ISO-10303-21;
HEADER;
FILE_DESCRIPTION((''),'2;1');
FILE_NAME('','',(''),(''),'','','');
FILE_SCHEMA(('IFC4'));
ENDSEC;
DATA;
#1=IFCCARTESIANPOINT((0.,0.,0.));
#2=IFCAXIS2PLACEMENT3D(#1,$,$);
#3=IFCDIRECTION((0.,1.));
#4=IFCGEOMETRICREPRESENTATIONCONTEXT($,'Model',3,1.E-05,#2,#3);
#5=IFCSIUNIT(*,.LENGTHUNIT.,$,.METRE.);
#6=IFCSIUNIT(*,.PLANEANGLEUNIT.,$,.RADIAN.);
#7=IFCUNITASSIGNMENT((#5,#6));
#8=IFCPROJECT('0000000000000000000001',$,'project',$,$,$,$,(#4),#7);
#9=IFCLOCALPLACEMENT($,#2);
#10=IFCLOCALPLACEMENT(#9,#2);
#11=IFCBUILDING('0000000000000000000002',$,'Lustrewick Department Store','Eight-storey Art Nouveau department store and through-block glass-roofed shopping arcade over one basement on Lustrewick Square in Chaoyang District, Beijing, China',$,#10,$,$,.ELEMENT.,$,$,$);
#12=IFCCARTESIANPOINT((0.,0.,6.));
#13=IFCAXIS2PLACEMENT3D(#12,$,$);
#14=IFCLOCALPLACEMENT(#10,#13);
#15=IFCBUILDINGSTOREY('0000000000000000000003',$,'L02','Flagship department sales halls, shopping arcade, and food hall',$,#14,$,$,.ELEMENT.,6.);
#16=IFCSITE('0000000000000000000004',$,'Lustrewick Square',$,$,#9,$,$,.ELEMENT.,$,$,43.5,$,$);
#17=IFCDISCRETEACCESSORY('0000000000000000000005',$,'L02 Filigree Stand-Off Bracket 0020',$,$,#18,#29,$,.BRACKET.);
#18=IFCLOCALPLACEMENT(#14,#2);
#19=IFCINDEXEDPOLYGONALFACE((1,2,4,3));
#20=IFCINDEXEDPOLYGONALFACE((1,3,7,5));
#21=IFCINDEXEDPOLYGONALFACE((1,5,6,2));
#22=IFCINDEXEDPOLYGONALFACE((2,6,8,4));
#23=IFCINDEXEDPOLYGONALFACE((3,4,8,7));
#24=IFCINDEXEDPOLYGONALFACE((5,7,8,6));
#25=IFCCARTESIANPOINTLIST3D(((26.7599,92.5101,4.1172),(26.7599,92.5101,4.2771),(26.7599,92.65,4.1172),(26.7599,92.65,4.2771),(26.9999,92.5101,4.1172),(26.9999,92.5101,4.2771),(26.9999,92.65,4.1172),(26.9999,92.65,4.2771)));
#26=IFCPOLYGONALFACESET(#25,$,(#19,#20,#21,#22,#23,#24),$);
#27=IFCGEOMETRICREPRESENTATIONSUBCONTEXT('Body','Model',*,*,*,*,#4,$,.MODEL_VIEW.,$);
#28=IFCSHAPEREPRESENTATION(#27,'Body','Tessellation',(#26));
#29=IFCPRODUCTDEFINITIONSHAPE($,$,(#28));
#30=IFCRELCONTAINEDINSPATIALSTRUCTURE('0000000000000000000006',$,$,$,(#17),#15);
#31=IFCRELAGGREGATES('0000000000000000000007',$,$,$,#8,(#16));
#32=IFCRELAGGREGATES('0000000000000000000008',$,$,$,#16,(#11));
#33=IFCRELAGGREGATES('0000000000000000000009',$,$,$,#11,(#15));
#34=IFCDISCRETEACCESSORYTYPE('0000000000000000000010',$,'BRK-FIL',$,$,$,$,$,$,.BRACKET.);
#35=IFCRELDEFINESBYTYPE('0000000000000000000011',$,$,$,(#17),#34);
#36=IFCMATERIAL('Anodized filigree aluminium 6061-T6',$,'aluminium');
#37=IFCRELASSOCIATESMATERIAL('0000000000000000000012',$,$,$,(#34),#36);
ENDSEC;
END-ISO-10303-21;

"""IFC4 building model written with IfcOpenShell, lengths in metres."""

from ifc_helpers import new_model, si_unit, direction, frame, origin, origin_2d, place, context, subcontext, project, spatial, rectangle, extrude, material, type_object, element, save


model = new_model("IFC4")

# Units and contexts
model_context = context("Model", 3, precision=1e-05, world=origin(), true_north=direction((0.0, 1.0)))
body_context = subcontext(model_context, "Body", "Model", "MODEL_VIEW")
ifc_project = project(units=[si_unit("LENGTHUNIT", "METRE"), si_unit("PLANEANGLEUNIT", "RADIAN")], contexts=[model_context])

# Site, building, storey
site_placement = place(None, origin())
site = spatial("IfcSite", under=ifc_project, at=site_placement, Name="Lustrewick Square", CompositionType="ELEMENT", RefElevation=43.5)
building_placement = place(site_placement, origin())
building = spatial("IfcBuilding", under=site, at=building_placement, Name="Lustrewick Department Store", Description="Eight-storey Art Nouveau department store and through-block glass-roofed shopping arcade over one basement on Lustrewick Square in Chaoyang District, Beijing, China", CompositionType="ELEMENT")
storey_placement = place(building_placement, frame((0.0, 0.0, 6.0)))
storey = spatial("IfcBuildingStorey", under=building, at=storey_placement, Name="L02", Description="Flagship department sales halls, shopping arcade, and food hall", CompositionType="ELEMENT", Elevation=6.0)

# Discrete accessory
ifc_material_1 = material(Name="Anodized filigree aluminium 6061-T6", Category="aluminium")
discrete_accessory_type = type_object("IfcDiscreteAccessoryType", Name="BRK-FIL", PredefinedType="BRACKET", material=ifc_material_1)
for number, where, z_axis, x_axis, name in (
    (1, (26.8799, 92.5801, 4.1172), (0.0, 0.0, 1.0), (-1.0, 0.0, 0.0), "L02 Filigree Stand-Off Bracket 0020"),
):
    element("IfcDiscreteAccessory", number, at=place(storey_placement, frame(where, z_axis=z_axis, x_axis=x_axis)), inside=storey, type_object=discrete_accessory_type, Name=name, PredefinedType="BRACKET", context=body_context, shape_type="SweptSolid", body=[
        extrude(rectangle(XDim=0.24, YDim=0.1399, at=origin_2d()), origin(), (0.0, 0.0, 1.0), 0.1599),
    ])

save(model, "model.ifc")
